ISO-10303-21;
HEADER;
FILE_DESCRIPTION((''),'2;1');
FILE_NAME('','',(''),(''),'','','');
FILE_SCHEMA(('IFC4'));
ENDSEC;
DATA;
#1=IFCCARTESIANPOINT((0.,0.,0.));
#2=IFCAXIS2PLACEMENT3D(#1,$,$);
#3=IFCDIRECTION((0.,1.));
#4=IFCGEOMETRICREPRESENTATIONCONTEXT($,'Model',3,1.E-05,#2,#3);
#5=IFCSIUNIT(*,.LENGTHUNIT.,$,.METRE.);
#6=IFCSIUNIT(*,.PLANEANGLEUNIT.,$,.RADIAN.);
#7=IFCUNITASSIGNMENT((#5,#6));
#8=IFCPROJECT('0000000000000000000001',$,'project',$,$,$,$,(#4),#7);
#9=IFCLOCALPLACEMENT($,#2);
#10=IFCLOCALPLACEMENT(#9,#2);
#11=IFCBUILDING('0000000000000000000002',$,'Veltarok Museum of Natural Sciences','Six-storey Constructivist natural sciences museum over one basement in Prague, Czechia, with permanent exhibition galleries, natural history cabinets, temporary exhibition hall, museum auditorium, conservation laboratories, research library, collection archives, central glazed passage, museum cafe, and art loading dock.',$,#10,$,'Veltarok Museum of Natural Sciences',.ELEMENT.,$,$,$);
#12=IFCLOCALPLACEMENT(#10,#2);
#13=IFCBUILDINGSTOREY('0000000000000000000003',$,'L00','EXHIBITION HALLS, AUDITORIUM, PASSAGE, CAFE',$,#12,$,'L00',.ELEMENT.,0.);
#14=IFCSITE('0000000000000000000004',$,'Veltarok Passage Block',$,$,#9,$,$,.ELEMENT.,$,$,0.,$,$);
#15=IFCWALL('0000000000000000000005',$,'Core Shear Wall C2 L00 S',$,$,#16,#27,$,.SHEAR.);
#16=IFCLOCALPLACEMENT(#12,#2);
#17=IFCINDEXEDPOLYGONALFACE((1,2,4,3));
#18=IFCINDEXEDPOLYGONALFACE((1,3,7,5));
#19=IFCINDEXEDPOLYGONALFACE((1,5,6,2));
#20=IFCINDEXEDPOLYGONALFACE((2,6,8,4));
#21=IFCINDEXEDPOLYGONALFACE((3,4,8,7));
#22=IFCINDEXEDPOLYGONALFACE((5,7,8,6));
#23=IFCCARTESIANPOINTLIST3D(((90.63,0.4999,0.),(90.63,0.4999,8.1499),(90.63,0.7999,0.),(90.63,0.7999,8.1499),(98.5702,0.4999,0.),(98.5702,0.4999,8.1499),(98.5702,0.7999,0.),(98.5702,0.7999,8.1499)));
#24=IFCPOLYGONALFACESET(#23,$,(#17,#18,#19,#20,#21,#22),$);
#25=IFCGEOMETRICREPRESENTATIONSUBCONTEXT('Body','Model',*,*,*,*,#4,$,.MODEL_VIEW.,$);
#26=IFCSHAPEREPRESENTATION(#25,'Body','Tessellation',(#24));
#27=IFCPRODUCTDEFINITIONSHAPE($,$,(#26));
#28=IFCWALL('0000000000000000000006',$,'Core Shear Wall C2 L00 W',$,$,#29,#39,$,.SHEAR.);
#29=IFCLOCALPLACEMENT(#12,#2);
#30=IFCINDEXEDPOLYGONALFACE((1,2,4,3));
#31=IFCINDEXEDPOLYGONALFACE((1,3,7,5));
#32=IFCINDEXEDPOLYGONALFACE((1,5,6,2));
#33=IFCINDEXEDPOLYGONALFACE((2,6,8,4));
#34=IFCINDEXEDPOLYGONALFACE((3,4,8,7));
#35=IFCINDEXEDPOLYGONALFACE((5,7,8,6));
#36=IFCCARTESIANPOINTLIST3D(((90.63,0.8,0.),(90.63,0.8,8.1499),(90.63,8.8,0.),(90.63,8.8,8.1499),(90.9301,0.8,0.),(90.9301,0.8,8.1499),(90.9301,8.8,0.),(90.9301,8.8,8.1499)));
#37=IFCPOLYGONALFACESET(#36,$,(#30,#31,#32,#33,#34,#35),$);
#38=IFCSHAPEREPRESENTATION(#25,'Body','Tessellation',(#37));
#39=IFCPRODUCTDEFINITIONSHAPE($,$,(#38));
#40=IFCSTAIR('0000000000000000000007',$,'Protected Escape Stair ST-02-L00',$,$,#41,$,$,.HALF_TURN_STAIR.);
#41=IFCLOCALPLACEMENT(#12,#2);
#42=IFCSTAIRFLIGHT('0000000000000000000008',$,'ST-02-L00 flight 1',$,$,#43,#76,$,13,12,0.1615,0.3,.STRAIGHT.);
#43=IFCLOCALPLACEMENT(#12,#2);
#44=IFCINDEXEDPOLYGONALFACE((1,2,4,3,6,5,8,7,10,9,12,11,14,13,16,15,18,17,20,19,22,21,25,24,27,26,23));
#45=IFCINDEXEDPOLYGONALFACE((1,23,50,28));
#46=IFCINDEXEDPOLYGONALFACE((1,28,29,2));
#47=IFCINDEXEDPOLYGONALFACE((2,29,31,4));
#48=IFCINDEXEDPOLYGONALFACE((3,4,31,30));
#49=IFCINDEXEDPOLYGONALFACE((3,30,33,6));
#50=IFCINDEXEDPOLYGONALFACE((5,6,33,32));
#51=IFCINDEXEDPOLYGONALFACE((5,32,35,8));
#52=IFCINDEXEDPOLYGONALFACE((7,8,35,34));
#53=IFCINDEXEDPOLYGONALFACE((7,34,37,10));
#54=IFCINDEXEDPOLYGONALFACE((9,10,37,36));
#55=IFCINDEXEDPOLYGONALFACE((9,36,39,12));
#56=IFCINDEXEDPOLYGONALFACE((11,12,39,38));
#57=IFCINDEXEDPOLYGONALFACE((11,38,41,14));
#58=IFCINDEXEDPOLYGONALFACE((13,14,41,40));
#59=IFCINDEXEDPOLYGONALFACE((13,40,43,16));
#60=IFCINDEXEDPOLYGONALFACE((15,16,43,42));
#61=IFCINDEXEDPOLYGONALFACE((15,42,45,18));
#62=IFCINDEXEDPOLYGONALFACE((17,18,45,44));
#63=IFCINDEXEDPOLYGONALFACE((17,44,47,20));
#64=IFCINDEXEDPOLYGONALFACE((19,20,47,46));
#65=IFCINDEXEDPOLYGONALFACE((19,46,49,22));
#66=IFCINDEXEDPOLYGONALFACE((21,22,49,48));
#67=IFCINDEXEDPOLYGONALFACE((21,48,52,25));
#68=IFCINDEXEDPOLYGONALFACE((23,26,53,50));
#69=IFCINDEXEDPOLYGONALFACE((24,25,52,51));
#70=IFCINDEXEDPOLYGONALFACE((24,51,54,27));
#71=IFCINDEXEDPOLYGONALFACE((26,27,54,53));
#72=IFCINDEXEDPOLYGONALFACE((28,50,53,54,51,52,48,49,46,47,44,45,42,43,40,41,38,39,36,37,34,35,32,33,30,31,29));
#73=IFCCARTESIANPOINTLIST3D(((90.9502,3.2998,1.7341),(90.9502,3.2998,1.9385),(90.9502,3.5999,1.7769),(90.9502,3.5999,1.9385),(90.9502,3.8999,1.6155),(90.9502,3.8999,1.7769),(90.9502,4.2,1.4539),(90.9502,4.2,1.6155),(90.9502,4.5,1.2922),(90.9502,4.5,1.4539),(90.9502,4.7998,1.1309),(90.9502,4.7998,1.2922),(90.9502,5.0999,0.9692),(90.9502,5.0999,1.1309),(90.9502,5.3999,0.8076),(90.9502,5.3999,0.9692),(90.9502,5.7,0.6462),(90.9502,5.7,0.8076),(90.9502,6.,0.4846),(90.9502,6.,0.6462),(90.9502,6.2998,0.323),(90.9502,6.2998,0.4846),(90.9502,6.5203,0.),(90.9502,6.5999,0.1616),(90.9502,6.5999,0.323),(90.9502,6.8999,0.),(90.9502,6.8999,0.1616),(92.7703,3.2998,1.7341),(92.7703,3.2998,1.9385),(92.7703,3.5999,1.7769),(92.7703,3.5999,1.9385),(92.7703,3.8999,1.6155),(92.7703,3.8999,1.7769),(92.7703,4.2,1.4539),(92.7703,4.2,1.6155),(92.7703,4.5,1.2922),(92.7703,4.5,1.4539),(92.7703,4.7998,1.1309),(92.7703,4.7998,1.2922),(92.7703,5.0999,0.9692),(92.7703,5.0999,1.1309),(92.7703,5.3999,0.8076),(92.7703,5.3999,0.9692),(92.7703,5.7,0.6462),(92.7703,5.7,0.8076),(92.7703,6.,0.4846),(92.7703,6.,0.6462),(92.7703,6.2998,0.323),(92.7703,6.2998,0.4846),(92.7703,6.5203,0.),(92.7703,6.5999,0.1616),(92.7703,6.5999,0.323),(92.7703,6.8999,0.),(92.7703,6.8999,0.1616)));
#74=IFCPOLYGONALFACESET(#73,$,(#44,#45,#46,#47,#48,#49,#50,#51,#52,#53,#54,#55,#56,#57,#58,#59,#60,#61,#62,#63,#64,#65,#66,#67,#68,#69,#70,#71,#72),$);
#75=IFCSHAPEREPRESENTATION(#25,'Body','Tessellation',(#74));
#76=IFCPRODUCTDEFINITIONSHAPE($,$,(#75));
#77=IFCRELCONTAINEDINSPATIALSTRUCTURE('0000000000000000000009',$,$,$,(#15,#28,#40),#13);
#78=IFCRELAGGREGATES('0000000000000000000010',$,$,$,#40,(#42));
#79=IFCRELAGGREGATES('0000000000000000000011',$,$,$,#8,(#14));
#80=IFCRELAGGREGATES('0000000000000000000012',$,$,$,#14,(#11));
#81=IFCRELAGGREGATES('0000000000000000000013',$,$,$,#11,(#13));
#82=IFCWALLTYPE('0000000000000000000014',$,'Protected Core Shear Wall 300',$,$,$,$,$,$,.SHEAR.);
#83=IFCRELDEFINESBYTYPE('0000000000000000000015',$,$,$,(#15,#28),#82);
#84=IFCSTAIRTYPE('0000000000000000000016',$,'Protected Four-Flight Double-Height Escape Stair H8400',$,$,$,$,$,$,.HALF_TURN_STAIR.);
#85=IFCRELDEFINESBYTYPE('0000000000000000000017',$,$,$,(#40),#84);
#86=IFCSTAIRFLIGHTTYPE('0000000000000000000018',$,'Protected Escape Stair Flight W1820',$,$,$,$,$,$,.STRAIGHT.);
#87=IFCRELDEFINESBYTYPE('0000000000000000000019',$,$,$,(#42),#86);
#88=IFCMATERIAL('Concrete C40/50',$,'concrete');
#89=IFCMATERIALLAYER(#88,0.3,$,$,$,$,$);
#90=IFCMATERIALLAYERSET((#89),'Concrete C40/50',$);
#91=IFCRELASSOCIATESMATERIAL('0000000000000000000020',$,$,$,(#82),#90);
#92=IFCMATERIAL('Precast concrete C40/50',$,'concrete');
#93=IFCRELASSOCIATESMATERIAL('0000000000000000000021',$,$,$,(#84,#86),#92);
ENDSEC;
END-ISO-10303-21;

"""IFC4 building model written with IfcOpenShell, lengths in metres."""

from ifc_helpers import new_model, si_unit, direction, frame, frame_2d, origin, place, context, subcontext, project, spatial, polyline, rectangle, outline, extrude, material, layer, layer_set, type_object, element, aggregate, save


model = new_model("IFC4")

# Units and contexts
model_context = context("Model", 3, precision=1e-05, world=origin(), true_north=direction((0.0, 1.0)))
body_context = subcontext(model_context, "Body", "Model", "MODEL_VIEW")
ifc_project = project(units=[si_unit("LENGTHUNIT", "METRE"), si_unit("PLANEANGLEUNIT", "RADIAN")], contexts=[model_context])

# Site, building, storey
site_placement = place(None, origin())
site = spatial("IfcSite", under=ifc_project, at=site_placement, Name="Veltarok Passage Block", CompositionType="ELEMENT", RefElevation=0.0)
building_placement = place(site_placement, origin())
building = spatial("IfcBuilding", under=site, at=building_placement, Name="Veltarok Museum of Natural Sciences", Description="Six-storey Constructivist natural sciences museum over one basement in Prague, Czechia, with permanent exhibition galleries, natural history cabinets, temporary exhibition hall, museum auditorium, conservation laboratories, research library, collection archives, central glazed passage, museum cafe, and art loading dock.", LongName="Veltarok Museum of Natural Sciences", CompositionType="ELEMENT")
storey_placement = place(building_placement, origin())
storey = spatial("IfcBuildingStorey", under=building, at=storey_placement, Name="L00", Description="EXHIBITION HALLS, AUDITORIUM, PASSAGE, CAFE", LongName="L00", CompositionType="ELEMENT", Elevation=0.0)

# Shared definitions
ifc_material_1 = material(Name="Concrete C40/50", Category="concrete")

# Walls
ifc_layer_1 = layer(ifc_material_1, 0.3)
ifc_layer_set_1 = layer_set([ifc_layer_1], Name="Concrete C40/50")
wall_type_1 = type_object("IfcWallType", Name="Protected Core Shear Wall 300", PredefinedType="SHEAR", material=ifc_layer_set_1)
wall_1_placement = place(storey_placement, frame((90.6299, 0.6499, 0.0), z_axis=(0.0, 0.0, 1.0), x_axis=(1.0, 0.0, 0.0)))
element("IfcWall", 1, at=wall_1_placement, inside=storey, type_object=wall_type_1, Name="Core Shear Wall C2 L00 S", PredefinedType="SHEAR", context=body_context, shape_type="SweptSolid", body=[
    extrude(rectangle(XDim=7.9402, YDim=0.3, at=frame_2d((3.9702, 0.0))), origin(), (0.0, 0.0, 1.0), 8.1499),
])
wall_2_placement = place(storey_placement, frame((90.78, 8.8, 0.0), z_axis=(0.0, 0.0, 1.0), x_axis=(0.0, -1.0, 0.0)))
element("IfcWall", 2, at=wall_2_placement, inside=storey, type_object=wall_type_1, Name="Core Shear Wall C2 L00 W", PredefinedType="SHEAR", context=body_context, shape_type="SweptSolid", body=[
    extrude(rectangle(XDim=8.0, YDim=0.3, at=frame_2d((4.0, 0.0))), origin(), (0.0, 0.0, 1.0), 8.1499),
])

# Stair, stair flight
ifc_material_2 = material(Name="Precast concrete C40/50", Category="concrete")
stair_type = type_object("IfcStairType", Name="Protected Four-Flight Double-Height Escape Stair H8400", PredefinedType="HALF_TURN_STAIR", material=ifc_material_2)
stair_placement = place(storey_placement, origin())
stair = element("IfcStair", 3, at=stair_placement, inside=storey, type_object=stair_type, Name="Protected Escape Stair ST-02-L00", PredefinedType="HALF_TURN_STAIR")
stair_flight_type = type_object("IfcStairFlightType", Name="Protected Escape Stair Flight W1820", PredefinedType="STRAIGHT", material=ifc_material_2)
stair_flight_placement = place(storey_placement, frame((91.8601, 6.8999, 0.0), z_axis=(0.0, 0.0, 1.0), x_axis=(0.0, -1.0, 0.0)))
stair_flight = element("IfcStairFlight", 4, at=stair_flight_placement, type_object=stair_flight_type, Name="ST-02-L00 flight 1", NumberOfRisers=13, NumberOfTreads=12, PredefinedType="STRAIGHT", RiserHeight=0.1615, TreadLength=0.3, context=body_context, shape_type="SweptSolid", body=[
    extrude(outline(polyline([(0.0, 0.0), (0.0, 0.1616), (0.3, 0.1616), (0.3, 0.323), (0.6001, 0.323), (0.6001, 0.4846), (0.8999, 0.4846), (0.8999, 0.6462), (1.2, 0.6462), (1.2, 0.8076), (1.5, 0.8076), (1.5, 0.9692), (1.8, 0.9692), (1.8, 1.1309), (2.1001, 1.1309), (2.1001, 1.2922), (2.3999, 1.2922), (2.3999, 1.4539), (2.7, 1.4539), (2.7, 1.6155), (3.0, 1.6155), (3.0, 1.7769), (3.3, 1.7769), (3.3, 1.9385), (3.6001, 1.9385), (3.6001, 2.1001), (3.6001, 1.7341), (0.3796, 0.0), (0.0, 0.0)])), frame((0.0, 0.9102, 0.0), z_axis=(0.0, -1.0, 0.0), x_axis=(1.0, 0.0, 0.0)), (0.0, 0.0, 1.0), 1.8201),
])
aggregate(stair, [stair_flight])

save(model, "model.ifc")
